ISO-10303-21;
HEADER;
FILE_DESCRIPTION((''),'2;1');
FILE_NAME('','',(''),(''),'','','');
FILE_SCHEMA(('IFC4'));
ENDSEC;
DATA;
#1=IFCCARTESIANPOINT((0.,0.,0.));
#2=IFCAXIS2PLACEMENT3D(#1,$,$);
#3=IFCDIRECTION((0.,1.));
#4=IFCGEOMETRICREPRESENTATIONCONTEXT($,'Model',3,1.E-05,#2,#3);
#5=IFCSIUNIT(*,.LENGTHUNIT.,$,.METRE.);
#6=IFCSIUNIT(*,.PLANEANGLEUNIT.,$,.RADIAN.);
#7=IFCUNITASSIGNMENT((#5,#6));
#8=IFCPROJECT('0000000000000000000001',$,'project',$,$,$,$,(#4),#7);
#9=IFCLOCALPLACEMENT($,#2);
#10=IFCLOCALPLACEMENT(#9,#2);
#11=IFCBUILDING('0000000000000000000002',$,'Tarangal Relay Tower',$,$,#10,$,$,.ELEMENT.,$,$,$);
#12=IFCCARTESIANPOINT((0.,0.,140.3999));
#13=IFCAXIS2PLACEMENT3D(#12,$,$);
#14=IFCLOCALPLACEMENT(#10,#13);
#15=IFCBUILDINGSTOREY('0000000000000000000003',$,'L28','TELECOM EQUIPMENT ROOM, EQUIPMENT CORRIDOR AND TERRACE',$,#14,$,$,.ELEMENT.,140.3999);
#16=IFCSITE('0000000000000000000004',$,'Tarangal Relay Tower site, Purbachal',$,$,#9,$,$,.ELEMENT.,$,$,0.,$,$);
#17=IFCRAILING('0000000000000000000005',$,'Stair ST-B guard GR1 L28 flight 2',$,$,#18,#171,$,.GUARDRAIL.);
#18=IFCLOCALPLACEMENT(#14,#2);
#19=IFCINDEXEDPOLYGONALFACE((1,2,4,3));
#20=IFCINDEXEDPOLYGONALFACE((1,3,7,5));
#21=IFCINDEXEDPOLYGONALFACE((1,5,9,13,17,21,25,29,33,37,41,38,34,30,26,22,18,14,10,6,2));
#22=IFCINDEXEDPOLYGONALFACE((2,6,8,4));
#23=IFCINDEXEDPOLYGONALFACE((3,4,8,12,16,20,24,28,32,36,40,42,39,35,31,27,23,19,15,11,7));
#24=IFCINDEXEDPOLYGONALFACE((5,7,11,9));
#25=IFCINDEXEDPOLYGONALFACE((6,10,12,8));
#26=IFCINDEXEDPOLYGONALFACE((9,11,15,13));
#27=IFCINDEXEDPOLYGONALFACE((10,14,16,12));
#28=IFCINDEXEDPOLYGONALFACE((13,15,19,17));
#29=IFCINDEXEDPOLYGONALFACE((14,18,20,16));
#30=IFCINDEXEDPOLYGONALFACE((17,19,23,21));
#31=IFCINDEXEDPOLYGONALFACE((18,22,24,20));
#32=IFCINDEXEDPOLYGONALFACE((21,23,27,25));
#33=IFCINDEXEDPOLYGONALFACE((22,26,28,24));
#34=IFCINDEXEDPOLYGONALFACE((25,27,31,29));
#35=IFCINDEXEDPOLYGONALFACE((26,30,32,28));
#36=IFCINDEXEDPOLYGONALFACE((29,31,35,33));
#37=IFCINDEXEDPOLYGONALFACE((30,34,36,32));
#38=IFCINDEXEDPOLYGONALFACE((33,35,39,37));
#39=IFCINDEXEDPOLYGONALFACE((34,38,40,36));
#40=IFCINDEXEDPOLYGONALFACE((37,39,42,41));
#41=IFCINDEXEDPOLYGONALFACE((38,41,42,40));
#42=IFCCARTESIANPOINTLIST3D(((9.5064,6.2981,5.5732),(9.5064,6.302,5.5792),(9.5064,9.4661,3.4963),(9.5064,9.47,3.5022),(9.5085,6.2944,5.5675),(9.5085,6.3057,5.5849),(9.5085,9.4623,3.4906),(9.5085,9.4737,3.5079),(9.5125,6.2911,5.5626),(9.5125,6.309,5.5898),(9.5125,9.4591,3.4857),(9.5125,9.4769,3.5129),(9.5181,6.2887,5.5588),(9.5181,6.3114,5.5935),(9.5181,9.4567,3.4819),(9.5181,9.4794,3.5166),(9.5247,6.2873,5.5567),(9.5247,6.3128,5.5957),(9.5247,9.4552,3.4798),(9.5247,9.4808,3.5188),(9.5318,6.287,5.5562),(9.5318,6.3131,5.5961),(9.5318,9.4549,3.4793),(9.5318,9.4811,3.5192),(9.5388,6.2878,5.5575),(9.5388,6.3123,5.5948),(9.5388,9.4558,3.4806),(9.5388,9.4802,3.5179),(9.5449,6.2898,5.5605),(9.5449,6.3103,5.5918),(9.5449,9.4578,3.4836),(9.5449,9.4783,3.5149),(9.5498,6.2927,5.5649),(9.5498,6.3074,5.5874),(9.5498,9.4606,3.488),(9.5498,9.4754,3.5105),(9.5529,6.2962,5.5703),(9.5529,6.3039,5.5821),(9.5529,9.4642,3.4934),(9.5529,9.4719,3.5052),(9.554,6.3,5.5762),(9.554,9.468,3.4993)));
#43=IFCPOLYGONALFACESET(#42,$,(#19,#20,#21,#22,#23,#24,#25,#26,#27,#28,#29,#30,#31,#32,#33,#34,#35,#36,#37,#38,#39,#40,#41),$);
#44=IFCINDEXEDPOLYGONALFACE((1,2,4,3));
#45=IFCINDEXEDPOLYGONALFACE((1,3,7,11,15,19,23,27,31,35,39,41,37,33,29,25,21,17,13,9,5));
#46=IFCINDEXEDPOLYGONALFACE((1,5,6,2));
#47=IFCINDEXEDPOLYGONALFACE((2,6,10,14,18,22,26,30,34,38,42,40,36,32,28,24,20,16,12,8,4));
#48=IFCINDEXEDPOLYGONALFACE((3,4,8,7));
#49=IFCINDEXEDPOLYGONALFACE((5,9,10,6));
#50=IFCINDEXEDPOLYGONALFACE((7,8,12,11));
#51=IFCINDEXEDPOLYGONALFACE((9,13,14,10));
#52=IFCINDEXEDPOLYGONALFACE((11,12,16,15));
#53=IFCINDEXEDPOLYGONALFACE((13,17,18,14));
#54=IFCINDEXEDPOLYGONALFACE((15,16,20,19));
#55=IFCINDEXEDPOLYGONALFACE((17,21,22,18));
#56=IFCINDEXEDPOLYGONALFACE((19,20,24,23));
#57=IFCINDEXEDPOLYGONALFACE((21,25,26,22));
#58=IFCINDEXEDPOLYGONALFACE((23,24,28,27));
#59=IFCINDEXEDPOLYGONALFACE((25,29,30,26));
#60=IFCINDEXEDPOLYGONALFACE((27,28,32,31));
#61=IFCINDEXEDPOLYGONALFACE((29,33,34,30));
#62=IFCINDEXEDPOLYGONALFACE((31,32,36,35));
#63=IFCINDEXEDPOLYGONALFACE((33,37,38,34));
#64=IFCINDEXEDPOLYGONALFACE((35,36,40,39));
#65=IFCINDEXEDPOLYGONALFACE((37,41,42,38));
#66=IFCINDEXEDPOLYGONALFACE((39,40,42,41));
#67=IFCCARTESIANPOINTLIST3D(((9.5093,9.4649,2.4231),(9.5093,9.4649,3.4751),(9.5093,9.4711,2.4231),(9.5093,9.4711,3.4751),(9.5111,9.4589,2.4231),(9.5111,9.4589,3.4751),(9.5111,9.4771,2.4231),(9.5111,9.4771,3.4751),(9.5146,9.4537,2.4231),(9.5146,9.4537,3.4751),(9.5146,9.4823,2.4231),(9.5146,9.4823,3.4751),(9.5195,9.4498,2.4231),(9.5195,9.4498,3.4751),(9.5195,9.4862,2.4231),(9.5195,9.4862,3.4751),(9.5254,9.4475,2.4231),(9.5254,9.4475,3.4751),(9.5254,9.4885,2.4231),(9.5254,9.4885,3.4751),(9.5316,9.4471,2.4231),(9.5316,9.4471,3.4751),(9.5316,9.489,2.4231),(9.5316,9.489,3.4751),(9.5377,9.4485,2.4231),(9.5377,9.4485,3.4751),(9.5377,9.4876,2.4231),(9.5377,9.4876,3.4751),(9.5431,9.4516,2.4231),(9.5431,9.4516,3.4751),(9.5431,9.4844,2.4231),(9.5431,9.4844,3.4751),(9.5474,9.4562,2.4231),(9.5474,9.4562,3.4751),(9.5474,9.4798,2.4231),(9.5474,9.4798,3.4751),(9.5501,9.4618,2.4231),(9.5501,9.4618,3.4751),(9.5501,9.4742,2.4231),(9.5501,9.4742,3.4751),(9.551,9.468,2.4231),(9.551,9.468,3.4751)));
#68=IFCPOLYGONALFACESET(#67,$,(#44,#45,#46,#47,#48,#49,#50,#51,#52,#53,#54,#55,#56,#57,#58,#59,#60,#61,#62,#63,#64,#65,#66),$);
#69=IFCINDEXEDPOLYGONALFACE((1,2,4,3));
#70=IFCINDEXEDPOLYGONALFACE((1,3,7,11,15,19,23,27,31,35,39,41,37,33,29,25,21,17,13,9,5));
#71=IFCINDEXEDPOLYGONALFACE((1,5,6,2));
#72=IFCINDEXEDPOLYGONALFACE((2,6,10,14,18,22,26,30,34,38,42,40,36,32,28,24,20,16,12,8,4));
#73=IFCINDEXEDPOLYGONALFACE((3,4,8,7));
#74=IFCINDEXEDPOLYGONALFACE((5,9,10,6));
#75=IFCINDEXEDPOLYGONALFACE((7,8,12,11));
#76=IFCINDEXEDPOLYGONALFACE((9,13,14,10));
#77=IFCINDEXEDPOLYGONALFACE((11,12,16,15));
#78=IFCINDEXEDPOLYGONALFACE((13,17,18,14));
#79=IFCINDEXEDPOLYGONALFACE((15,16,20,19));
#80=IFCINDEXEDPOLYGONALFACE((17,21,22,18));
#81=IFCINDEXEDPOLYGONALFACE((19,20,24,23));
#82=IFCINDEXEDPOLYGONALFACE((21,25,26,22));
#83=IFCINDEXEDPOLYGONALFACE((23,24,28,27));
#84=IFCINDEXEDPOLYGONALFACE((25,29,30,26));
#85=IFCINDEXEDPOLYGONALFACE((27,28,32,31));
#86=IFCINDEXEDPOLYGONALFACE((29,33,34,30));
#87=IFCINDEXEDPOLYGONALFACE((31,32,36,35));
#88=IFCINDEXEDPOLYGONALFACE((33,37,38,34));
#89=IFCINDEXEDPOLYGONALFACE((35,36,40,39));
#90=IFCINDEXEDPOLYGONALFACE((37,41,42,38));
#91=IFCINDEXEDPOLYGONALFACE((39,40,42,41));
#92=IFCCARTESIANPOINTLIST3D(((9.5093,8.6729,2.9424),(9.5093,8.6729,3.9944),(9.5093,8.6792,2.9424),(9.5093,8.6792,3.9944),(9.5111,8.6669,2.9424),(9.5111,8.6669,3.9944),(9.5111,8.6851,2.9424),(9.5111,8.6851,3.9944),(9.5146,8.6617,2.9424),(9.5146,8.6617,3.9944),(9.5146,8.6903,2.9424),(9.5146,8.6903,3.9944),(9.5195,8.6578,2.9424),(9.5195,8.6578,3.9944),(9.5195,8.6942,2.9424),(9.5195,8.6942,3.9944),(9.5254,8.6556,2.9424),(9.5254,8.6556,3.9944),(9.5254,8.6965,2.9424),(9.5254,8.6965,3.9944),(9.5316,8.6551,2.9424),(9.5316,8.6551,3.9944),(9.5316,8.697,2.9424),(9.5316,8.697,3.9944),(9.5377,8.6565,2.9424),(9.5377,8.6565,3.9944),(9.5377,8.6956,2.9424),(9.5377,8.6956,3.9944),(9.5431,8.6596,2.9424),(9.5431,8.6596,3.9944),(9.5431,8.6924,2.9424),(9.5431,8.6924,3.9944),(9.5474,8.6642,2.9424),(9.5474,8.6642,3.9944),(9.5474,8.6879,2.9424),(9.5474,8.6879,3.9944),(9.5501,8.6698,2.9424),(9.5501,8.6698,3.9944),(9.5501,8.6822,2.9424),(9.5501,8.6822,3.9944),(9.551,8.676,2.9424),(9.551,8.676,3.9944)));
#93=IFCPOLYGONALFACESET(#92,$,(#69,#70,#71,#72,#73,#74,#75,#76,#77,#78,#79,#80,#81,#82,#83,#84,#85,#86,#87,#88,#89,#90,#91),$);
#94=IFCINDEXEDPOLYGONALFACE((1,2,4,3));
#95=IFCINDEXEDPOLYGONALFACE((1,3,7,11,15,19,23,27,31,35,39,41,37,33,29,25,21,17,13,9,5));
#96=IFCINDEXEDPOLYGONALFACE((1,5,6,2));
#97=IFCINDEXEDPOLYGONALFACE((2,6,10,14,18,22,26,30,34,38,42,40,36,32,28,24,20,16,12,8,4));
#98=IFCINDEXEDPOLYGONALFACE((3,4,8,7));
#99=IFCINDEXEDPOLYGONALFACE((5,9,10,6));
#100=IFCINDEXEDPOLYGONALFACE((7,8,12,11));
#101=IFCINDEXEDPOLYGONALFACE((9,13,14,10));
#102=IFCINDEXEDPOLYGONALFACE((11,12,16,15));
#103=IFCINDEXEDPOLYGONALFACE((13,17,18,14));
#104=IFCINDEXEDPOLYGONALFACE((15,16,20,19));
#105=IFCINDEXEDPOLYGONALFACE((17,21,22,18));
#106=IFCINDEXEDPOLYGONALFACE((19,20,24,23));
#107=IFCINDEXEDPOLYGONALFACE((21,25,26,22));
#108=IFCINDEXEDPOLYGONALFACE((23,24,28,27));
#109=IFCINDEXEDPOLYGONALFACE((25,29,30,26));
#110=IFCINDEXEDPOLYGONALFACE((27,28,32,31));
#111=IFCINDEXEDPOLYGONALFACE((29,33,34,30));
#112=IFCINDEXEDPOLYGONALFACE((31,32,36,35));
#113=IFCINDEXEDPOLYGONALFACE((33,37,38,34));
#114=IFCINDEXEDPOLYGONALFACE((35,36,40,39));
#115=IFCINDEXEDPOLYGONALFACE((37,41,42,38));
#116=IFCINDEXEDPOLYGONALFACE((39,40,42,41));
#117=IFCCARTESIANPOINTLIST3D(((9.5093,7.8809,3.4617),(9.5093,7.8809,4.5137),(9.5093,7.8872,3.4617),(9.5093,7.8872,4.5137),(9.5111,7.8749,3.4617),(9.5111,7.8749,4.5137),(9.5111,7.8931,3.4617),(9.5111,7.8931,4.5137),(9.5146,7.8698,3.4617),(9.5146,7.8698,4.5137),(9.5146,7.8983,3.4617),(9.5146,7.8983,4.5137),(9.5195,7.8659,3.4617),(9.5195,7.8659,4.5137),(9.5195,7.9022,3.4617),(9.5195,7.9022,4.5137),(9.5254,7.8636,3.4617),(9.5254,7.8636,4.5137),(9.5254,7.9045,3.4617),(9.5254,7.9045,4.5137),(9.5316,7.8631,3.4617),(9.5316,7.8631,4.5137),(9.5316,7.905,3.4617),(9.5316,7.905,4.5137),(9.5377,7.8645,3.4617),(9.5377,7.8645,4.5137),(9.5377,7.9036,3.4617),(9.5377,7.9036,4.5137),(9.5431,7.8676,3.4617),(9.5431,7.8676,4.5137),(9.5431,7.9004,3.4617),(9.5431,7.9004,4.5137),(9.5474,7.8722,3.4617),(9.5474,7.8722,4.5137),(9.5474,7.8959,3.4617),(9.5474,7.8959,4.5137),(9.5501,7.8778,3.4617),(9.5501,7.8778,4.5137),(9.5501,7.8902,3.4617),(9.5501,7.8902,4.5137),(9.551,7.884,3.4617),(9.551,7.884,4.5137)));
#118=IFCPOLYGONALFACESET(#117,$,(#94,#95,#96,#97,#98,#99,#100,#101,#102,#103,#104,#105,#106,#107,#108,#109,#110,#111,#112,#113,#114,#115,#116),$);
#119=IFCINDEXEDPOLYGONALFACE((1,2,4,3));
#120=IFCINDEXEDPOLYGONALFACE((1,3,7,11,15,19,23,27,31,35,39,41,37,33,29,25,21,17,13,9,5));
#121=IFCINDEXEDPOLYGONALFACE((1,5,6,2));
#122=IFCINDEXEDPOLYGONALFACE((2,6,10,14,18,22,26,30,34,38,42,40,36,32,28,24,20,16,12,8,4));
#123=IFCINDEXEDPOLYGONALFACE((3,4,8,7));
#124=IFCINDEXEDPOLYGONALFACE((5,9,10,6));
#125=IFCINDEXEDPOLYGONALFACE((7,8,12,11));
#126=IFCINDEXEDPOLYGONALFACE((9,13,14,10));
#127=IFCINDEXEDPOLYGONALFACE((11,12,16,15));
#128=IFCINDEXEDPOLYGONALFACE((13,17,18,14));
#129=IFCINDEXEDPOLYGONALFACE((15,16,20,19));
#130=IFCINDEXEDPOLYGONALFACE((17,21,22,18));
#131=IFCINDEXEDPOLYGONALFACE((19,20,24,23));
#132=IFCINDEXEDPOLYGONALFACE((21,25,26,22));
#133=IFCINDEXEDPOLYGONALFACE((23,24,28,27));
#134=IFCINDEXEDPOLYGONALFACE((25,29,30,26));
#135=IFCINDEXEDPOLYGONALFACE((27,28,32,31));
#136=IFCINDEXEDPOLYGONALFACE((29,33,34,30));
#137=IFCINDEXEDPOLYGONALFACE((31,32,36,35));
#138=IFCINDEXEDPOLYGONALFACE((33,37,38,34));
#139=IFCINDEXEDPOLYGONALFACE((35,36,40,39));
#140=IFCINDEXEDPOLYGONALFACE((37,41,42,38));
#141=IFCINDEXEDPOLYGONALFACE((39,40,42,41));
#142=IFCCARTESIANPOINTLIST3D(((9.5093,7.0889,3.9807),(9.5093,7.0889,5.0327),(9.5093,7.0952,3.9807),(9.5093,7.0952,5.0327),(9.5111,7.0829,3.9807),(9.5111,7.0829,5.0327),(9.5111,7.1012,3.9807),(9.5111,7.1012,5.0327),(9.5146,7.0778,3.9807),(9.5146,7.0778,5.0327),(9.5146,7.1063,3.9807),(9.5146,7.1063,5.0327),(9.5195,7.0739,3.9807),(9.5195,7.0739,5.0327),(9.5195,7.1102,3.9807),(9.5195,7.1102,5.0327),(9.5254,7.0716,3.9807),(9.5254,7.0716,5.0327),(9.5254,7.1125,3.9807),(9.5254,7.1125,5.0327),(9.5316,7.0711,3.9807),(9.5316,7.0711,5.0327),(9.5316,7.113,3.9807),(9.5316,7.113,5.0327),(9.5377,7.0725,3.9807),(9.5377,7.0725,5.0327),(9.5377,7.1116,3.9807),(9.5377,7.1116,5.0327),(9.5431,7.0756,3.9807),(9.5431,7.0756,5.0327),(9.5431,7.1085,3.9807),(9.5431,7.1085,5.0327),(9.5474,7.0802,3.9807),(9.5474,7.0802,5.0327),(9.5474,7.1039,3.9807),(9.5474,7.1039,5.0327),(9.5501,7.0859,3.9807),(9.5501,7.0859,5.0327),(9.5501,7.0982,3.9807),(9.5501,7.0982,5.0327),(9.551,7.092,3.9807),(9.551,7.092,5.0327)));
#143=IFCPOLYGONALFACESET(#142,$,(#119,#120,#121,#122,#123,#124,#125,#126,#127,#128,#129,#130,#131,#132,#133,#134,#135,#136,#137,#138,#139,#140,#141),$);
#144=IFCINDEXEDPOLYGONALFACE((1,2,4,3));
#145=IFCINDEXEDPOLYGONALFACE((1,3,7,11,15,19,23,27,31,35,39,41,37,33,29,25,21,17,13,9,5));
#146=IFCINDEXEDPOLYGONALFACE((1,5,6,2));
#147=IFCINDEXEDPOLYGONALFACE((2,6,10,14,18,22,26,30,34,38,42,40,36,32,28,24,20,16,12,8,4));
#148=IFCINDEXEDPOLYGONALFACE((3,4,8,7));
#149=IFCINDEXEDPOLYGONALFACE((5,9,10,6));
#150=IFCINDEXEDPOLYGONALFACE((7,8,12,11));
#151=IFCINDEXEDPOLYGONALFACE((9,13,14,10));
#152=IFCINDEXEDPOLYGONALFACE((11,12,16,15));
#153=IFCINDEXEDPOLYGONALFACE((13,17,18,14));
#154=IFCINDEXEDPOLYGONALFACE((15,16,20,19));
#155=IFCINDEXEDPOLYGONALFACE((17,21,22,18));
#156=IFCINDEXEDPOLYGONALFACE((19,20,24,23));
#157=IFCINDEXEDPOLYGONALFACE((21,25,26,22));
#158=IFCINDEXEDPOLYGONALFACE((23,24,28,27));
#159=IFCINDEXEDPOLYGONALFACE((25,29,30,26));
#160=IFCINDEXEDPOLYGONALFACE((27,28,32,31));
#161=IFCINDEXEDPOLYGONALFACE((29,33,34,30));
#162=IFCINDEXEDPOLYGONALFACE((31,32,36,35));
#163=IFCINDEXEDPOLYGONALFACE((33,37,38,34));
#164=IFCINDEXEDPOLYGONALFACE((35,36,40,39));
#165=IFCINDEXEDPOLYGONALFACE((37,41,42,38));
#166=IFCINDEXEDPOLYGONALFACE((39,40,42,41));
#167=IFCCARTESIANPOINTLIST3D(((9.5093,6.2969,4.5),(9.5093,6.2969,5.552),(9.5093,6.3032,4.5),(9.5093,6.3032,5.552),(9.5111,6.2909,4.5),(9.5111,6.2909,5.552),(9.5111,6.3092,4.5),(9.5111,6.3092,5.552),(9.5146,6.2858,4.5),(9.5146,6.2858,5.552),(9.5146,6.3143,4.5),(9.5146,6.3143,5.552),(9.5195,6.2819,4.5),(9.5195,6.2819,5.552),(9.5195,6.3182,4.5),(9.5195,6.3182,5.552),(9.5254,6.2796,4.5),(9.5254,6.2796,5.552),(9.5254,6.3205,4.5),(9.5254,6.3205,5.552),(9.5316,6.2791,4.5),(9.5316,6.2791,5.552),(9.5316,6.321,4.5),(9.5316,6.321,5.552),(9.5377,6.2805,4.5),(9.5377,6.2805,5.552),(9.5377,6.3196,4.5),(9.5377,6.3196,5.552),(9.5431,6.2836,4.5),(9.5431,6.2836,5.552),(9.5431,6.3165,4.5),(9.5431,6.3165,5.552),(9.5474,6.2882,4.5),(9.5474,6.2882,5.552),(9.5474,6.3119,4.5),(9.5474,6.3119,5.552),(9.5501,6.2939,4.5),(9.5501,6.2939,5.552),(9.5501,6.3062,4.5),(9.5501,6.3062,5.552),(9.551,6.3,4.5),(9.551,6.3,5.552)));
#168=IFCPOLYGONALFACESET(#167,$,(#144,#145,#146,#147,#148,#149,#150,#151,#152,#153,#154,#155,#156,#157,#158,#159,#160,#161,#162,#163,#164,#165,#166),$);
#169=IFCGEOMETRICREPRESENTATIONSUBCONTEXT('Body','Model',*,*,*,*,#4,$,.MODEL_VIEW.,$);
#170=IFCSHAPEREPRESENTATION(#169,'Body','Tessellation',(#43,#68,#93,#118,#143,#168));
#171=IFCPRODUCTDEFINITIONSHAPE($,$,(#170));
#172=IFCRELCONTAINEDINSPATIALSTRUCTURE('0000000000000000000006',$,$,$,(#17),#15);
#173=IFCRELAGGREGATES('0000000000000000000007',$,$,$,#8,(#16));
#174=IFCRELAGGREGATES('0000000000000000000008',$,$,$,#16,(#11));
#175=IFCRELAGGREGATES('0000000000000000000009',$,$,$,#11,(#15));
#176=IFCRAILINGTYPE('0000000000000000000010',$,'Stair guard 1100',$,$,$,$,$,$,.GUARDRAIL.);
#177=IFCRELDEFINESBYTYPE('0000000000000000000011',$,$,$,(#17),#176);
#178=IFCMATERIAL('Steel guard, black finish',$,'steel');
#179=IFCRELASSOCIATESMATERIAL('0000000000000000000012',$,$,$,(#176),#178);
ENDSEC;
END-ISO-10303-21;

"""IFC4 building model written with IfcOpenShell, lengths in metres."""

from ifc_helpers import new_model, si_unit, direction, frame, origin, origin_2d, place, context, subcontext, project, spatial, circle, extrude, material, type_object, element, save


model = new_model("IFC4")

# Units and contexts
model_context = context("Model", 3, precision=1e-05, world=origin(), true_north=direction((0.0, 1.0)))
body_context = subcontext(model_context, "Body", "Model", "MODEL_VIEW")
ifc_project = project(units=[si_unit("LENGTHUNIT", "METRE"), si_unit("PLANEANGLEUNIT", "RADIAN")], contexts=[model_context])

# Site, building, storey
site_placement = place(None, origin())
site = spatial("IfcSite", under=ifc_project, at=site_placement, Name="Tarangal Relay Tower site, Purbachal", CompositionType="ELEMENT", RefElevation=0.0)
building_placement = place(site_placement, origin())
building = spatial("IfcBuilding", under=site, at=building_placement, Name="Tarangal Relay Tower", CompositionType="ELEMENT")
storey_placement = place(building_placement, frame((0.0, 0.0, 140.3999)))
storey = spatial("IfcBuildingStorey", under=building, at=storey_placement, Name="L28", Description="TELECOM EQUIPMENT ROOM, EQUIPMENT CORRIDOR AND TERRACE", CompositionType="ELEMENT", Elevation=140.3999)

# Railing
ifc_material_1 = material(Name="Steel guard, black finish", Category="steel")
railing_type_1 = type_object("IfcRailingType", Name="Stair guard 1100", PredefinedType="GUARDRAIL", material=ifc_material_1)
railing_1_placement = place(storey_placement, frame((9.53, 9.468, 2.4231)))
element("IfcRailing", 1, at=railing_1_placement, inside=storey, type_object=railing_type_1, Name="Stair ST-B guard GR1 L28 flight 2", PredefinedType="GUARDRAIL", context=body_context, shape_type="SweptSolid", body=[
    extrude(circle(Radius=0.0239, at=origin_2d()), frame((0.0, 0.0, 1.0762), z_axis=(0.0, -0.836299, 0.548273), x_axis=(1.0, 0.0, 0.0)), (0.0, 0.0, 1.0), 3.7881),
    extrude(circle(Radius=0.021, at=origin_2d()), origin(), (0.0, 0.0, 1.0), 1.052),
    extrude(circle(Radius=0.021, at=origin_2d()), frame((0.0, -0.792, 0.5193)), (0.0, 0.0, 1.0), 1.052),
    extrude(circle(Radius=0.021, at=origin_2d()), frame((0.0, -1.584, 1.0386)), (0.0, 0.0, 1.0), 1.052),
    extrude(circle(Radius=0.021, at=origin_2d()), frame((0.0, -2.376, 1.5576)), (0.0, 0.0, 1.0), 1.052),
    extrude(circle(Radius=0.021, at=origin_2d()), frame((0.0, -3.168, 2.0769)), (0.0, 0.0, 1.0), 1.052),
])

save(model, "model.ifc")
